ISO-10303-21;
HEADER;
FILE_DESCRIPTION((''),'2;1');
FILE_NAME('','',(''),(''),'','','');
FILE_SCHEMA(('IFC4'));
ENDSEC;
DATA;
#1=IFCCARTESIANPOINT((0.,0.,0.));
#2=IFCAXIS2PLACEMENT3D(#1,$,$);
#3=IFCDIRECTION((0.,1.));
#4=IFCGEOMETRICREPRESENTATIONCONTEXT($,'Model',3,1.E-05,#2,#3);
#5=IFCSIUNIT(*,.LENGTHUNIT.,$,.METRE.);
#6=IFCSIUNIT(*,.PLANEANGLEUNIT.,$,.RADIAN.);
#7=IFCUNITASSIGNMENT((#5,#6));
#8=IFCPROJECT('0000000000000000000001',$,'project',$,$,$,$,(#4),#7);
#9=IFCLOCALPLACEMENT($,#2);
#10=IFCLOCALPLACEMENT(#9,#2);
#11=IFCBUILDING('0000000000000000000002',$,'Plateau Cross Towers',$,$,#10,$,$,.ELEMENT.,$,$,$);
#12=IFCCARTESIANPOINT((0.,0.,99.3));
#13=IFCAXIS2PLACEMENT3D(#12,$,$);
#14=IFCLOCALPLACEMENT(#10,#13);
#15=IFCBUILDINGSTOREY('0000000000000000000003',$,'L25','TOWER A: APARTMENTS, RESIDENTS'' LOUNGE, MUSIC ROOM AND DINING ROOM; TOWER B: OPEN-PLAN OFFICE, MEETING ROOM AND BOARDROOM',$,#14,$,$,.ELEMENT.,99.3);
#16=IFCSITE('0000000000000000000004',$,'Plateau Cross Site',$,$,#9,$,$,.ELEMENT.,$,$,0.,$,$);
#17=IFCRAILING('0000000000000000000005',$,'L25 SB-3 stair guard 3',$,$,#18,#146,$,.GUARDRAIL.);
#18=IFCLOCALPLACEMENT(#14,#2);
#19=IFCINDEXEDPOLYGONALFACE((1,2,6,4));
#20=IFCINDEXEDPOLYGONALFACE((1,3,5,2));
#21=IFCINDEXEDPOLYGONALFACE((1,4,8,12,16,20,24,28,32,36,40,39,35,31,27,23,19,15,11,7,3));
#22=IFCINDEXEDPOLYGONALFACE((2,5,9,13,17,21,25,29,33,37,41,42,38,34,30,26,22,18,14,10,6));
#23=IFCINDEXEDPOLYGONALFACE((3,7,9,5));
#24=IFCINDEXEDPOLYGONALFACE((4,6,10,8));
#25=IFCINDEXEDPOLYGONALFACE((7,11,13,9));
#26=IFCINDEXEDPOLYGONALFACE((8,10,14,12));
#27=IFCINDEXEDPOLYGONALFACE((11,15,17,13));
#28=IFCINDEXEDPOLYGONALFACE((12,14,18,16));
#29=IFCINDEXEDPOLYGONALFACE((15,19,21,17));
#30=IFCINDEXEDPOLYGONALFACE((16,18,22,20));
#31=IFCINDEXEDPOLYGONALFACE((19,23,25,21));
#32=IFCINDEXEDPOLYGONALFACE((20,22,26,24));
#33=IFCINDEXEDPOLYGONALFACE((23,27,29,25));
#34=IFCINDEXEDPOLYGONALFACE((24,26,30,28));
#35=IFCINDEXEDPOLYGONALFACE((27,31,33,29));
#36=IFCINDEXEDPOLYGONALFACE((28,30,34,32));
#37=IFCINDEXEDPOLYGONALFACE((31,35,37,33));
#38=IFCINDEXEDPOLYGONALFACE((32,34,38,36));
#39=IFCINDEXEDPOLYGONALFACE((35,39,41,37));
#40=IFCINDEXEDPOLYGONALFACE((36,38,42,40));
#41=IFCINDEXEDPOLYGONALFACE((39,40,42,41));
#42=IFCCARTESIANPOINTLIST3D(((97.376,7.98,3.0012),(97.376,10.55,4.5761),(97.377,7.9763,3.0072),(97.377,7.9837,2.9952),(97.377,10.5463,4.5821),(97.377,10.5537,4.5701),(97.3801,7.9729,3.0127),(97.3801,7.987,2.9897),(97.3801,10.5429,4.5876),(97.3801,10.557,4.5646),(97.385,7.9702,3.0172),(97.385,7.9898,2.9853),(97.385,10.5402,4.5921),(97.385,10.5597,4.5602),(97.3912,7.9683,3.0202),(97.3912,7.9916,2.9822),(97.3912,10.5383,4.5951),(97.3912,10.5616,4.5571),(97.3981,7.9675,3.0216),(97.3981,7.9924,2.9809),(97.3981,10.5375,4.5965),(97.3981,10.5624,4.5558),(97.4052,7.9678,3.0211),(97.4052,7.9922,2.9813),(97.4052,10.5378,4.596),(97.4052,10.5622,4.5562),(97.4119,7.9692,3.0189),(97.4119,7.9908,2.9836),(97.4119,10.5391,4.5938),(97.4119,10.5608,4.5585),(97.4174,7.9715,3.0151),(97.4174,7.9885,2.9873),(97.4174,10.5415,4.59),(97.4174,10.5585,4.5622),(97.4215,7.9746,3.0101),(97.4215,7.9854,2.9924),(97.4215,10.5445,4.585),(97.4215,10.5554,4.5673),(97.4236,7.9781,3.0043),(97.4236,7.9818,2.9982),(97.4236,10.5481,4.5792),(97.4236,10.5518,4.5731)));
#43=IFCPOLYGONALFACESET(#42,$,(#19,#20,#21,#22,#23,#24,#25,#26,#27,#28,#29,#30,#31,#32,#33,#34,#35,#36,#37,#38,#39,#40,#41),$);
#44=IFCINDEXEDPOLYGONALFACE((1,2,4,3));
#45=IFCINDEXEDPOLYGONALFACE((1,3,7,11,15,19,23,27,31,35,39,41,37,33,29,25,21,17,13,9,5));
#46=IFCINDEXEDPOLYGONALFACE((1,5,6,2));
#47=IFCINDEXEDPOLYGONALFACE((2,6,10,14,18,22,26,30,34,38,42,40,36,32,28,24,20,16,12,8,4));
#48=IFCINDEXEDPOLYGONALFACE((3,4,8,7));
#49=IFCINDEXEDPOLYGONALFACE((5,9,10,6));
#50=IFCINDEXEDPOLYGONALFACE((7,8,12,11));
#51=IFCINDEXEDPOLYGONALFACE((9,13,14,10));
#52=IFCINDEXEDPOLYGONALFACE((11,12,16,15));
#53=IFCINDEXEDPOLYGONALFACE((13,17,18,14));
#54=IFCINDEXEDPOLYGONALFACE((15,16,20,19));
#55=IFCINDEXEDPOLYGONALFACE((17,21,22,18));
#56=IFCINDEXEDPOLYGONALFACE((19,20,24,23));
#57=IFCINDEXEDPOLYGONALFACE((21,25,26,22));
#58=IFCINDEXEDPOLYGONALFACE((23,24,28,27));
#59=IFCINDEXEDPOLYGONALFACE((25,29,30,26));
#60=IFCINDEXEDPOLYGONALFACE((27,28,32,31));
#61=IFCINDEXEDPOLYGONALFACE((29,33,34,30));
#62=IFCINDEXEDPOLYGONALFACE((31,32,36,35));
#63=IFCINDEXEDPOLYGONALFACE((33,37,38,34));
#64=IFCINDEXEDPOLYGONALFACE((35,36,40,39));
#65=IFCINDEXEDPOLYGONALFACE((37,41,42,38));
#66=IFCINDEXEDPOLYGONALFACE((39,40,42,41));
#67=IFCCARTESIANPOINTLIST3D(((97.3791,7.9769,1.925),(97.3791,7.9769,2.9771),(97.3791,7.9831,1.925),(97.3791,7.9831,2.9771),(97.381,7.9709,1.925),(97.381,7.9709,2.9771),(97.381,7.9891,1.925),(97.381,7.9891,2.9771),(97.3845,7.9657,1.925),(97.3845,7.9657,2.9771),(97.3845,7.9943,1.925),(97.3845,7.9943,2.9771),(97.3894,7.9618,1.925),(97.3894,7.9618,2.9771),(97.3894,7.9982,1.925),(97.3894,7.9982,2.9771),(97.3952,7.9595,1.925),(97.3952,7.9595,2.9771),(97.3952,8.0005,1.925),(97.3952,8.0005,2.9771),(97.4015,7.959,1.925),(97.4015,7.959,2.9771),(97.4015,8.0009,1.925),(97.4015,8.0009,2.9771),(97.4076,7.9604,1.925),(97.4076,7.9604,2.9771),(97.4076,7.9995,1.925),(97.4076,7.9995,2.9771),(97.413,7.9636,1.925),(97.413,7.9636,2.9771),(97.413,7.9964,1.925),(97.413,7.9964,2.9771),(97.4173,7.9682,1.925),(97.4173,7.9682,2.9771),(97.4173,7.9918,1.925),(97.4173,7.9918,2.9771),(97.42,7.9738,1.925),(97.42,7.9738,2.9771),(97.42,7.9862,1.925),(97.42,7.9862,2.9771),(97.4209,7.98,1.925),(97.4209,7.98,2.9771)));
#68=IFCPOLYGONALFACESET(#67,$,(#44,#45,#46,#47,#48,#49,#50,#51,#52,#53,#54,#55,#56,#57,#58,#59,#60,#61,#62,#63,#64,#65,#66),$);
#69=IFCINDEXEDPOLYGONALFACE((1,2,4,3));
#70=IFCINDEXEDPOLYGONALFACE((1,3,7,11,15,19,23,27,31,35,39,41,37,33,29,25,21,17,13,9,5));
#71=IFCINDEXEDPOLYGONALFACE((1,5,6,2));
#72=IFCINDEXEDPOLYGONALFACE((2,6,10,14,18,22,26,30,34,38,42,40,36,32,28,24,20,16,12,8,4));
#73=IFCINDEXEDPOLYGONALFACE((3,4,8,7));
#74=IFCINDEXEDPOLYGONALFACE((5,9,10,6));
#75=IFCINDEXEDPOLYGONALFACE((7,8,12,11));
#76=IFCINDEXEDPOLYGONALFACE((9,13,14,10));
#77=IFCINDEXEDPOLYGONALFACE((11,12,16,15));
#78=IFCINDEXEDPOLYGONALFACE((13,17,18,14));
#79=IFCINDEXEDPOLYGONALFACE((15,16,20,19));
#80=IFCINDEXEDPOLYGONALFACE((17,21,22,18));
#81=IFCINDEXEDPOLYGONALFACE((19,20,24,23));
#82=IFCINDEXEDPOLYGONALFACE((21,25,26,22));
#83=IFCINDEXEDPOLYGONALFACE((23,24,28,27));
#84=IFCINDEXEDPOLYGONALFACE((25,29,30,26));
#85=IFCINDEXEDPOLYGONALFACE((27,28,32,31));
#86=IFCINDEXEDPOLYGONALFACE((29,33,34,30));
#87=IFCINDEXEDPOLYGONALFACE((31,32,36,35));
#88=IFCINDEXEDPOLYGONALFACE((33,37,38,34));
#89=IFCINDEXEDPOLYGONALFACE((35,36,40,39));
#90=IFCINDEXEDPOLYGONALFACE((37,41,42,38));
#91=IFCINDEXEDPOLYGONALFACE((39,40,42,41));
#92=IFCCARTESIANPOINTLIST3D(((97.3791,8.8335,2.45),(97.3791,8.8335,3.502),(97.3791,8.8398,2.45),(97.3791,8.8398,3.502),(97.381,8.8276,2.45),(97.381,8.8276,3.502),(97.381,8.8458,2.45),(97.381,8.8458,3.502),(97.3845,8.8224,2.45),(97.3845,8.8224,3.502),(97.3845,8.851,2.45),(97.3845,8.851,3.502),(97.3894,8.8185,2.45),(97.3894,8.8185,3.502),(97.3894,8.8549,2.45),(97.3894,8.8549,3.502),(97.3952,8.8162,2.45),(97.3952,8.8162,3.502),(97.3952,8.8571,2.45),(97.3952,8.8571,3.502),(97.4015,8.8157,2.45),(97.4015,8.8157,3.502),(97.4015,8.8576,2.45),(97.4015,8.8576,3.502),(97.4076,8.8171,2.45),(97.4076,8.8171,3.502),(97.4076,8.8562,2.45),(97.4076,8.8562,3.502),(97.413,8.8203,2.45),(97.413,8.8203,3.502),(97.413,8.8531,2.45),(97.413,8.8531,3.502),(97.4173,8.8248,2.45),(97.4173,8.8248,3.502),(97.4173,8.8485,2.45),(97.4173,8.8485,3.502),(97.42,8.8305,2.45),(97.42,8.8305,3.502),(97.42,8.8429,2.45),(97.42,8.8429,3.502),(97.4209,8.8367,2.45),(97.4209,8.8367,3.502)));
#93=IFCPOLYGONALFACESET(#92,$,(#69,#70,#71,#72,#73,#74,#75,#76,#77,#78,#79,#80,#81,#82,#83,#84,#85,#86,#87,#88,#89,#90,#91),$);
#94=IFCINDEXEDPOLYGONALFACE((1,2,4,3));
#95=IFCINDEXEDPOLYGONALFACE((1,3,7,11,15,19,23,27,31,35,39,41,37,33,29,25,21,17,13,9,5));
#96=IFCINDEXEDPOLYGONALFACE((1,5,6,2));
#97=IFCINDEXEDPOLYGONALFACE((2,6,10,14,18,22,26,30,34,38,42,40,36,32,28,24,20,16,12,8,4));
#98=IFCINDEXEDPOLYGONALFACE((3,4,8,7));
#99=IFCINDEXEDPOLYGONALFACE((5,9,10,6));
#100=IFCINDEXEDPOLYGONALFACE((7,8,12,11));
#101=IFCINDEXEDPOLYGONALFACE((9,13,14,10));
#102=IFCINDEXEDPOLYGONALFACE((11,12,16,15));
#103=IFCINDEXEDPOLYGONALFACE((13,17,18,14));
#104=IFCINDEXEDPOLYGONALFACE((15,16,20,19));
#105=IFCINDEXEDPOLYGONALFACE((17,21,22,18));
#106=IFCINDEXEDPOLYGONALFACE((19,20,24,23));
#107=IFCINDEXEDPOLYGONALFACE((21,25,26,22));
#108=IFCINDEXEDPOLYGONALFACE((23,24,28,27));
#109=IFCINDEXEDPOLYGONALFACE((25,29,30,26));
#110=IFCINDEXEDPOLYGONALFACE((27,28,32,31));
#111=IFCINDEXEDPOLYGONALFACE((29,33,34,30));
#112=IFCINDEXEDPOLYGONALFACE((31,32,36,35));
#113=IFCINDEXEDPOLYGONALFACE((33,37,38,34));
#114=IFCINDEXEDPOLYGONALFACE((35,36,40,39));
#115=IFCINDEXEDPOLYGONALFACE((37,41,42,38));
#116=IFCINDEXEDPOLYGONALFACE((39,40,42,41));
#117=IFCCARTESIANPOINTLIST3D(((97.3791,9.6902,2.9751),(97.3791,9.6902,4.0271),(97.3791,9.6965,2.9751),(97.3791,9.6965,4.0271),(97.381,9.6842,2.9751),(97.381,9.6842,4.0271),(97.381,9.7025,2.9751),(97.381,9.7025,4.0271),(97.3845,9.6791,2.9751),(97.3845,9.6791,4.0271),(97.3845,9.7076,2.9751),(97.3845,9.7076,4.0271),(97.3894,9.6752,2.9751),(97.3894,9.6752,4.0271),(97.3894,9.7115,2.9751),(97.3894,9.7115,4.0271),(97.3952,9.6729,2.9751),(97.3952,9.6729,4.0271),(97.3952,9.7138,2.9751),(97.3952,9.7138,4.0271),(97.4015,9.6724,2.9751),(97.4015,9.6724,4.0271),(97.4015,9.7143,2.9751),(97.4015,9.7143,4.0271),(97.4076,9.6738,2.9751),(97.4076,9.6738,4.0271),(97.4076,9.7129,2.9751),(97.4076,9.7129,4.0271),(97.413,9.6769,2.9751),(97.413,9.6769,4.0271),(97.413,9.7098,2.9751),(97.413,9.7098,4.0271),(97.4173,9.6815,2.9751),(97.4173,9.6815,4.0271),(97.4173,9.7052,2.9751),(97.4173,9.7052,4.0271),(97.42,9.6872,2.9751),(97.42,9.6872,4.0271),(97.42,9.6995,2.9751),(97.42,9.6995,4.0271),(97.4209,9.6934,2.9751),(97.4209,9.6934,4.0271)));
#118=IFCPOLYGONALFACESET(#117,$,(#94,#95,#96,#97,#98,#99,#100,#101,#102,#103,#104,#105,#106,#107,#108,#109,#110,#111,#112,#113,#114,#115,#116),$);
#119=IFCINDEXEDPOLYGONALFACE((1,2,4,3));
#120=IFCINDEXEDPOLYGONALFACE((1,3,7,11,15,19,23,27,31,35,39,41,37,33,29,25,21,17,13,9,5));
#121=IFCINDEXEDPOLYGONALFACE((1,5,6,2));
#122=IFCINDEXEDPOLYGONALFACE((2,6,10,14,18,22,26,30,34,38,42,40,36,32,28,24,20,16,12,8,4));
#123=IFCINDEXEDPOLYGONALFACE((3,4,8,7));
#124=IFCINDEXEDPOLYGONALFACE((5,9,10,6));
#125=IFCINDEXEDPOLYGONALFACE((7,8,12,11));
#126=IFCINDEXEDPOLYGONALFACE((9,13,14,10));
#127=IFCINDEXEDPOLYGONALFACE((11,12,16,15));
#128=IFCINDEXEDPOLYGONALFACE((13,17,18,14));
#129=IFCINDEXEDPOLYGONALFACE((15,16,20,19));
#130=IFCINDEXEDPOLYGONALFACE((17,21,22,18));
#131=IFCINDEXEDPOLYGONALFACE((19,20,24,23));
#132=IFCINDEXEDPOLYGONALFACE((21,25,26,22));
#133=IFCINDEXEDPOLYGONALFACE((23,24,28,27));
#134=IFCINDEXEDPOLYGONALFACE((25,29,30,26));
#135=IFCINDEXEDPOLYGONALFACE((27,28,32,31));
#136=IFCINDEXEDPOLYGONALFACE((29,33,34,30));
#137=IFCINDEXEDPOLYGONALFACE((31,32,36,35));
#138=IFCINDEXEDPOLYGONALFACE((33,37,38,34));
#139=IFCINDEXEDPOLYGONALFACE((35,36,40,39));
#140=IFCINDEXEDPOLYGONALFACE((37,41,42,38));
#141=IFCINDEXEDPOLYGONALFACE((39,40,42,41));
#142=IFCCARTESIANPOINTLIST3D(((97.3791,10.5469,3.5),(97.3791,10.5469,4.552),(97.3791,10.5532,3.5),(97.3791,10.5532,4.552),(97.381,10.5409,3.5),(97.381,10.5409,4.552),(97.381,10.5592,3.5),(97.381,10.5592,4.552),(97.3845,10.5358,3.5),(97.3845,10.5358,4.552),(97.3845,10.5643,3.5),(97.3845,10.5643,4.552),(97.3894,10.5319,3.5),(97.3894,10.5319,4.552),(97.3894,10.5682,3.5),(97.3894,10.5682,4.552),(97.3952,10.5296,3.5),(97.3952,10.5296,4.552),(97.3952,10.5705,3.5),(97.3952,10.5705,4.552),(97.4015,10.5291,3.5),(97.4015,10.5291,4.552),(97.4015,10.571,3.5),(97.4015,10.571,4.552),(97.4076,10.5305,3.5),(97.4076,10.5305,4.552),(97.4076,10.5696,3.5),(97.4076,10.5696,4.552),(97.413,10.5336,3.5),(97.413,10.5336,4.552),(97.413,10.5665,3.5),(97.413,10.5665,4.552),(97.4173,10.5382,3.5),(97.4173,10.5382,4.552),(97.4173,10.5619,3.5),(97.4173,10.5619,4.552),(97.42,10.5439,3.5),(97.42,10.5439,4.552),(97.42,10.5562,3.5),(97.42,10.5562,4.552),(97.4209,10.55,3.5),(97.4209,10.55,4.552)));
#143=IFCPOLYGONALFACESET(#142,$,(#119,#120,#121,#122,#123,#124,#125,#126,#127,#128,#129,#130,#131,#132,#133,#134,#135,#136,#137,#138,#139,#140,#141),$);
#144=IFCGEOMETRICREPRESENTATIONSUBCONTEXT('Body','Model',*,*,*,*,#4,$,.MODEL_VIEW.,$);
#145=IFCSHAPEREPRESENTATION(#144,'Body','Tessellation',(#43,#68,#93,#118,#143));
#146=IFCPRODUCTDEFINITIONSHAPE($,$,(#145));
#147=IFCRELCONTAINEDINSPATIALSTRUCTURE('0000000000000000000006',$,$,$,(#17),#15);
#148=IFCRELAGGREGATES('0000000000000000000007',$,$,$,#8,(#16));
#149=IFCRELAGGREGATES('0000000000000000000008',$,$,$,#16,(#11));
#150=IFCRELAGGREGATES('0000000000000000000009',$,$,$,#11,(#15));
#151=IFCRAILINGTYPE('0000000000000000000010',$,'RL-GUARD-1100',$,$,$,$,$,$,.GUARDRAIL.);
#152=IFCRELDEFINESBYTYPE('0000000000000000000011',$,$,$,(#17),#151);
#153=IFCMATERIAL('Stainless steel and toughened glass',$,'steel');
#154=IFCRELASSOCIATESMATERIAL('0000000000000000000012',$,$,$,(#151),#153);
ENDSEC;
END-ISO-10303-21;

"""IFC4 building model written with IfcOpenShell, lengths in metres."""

from ifc_helpers import new_model, si_unit, direction, frame, origin, origin_2d, place, context, subcontext, project, spatial, circle, extrude, material, type_object, element, save


model = new_model("IFC4")

# Units and contexts
model_context = context("Model", 3, precision=1e-05, world=origin(), true_north=direction((0.0, 1.0)))
body_context = subcontext(model_context, "Body", "Model", "MODEL_VIEW")
ifc_project = project(units=[si_unit("LENGTHUNIT", "METRE"), si_unit("PLANEANGLEUNIT", "RADIAN")], contexts=[model_context])

# Site, building, storey
site_placement = place(None, origin())
site = spatial("IfcSite", under=ifc_project, at=site_placement, Name="Plateau Cross Site", CompositionType="ELEMENT", RefElevation=0.0)
building_placement = place(site_placement, origin())
building = spatial("IfcBuilding", under=site, at=building_placement, Name="Plateau Cross Towers", CompositionType="ELEMENT")
storey_placement = place(building_placement, frame((0.0, 0.0, 99.3)))
storey = spatial("IfcBuildingStorey", under=building, at=storey_placement, Name="L25", Description="TOWER A: APARTMENTS, RESIDENTS' LOUNGE, MUSIC ROOM AND DINING ROOM; TOWER B: OPEN-PLAN OFFICE, MEETING ROOM AND BOARDROOM", CompositionType="ELEMENT", Elevation=99.3)

# Railing
ifc_material_1 = material(Name="Stainless steel and toughened glass", Category="steel")
railing_type_1 = type_object("IfcRailingType", Name="RL-GUARD-1100", PredefinedType="GUARDRAIL", material=ifc_material_1)
railing_1_placement = place(storey_placement, frame((97.3999, 7.98, 1.925)))
element("IfcRailing", 1, at=railing_1_placement, inside=storey, type_object=railing_type_1, Name="L25 SB-3 stair guard 3", PredefinedType="GUARDRAIL", context=body_context, shape_type="SweptSolid", body=[
    extrude(circle(Radius=0.0239, at=origin_2d()), frame((0.0, 0.0, 1.0762), z_axis=(0.0, 0.852639, 0.522501), x_axis=(-1.0, 0.0, 0.0)), (0.0, 0.0, 1.0), 3.0142),
    extrude(circle(Radius=0.021, at=origin_2d()), origin(), (0.0, 0.0, 1.0), 1.052),
    extrude(circle(Radius=0.021, at=origin_2d()), frame((0.0, 0.8567, 0.5249)), (0.0, 0.0, 1.0), 1.052),
    extrude(circle(Radius=0.021, at=origin_2d()), frame((0.0, 1.7134, 1.05)), (0.0, 0.0, 1.0), 1.052),
    extrude(circle(Radius=0.021, at=origin_2d()), frame((0.0, 2.5701, 1.575)), (0.0, 0.0, 1.0), 1.052),
])

save(model, "model.ifc")
